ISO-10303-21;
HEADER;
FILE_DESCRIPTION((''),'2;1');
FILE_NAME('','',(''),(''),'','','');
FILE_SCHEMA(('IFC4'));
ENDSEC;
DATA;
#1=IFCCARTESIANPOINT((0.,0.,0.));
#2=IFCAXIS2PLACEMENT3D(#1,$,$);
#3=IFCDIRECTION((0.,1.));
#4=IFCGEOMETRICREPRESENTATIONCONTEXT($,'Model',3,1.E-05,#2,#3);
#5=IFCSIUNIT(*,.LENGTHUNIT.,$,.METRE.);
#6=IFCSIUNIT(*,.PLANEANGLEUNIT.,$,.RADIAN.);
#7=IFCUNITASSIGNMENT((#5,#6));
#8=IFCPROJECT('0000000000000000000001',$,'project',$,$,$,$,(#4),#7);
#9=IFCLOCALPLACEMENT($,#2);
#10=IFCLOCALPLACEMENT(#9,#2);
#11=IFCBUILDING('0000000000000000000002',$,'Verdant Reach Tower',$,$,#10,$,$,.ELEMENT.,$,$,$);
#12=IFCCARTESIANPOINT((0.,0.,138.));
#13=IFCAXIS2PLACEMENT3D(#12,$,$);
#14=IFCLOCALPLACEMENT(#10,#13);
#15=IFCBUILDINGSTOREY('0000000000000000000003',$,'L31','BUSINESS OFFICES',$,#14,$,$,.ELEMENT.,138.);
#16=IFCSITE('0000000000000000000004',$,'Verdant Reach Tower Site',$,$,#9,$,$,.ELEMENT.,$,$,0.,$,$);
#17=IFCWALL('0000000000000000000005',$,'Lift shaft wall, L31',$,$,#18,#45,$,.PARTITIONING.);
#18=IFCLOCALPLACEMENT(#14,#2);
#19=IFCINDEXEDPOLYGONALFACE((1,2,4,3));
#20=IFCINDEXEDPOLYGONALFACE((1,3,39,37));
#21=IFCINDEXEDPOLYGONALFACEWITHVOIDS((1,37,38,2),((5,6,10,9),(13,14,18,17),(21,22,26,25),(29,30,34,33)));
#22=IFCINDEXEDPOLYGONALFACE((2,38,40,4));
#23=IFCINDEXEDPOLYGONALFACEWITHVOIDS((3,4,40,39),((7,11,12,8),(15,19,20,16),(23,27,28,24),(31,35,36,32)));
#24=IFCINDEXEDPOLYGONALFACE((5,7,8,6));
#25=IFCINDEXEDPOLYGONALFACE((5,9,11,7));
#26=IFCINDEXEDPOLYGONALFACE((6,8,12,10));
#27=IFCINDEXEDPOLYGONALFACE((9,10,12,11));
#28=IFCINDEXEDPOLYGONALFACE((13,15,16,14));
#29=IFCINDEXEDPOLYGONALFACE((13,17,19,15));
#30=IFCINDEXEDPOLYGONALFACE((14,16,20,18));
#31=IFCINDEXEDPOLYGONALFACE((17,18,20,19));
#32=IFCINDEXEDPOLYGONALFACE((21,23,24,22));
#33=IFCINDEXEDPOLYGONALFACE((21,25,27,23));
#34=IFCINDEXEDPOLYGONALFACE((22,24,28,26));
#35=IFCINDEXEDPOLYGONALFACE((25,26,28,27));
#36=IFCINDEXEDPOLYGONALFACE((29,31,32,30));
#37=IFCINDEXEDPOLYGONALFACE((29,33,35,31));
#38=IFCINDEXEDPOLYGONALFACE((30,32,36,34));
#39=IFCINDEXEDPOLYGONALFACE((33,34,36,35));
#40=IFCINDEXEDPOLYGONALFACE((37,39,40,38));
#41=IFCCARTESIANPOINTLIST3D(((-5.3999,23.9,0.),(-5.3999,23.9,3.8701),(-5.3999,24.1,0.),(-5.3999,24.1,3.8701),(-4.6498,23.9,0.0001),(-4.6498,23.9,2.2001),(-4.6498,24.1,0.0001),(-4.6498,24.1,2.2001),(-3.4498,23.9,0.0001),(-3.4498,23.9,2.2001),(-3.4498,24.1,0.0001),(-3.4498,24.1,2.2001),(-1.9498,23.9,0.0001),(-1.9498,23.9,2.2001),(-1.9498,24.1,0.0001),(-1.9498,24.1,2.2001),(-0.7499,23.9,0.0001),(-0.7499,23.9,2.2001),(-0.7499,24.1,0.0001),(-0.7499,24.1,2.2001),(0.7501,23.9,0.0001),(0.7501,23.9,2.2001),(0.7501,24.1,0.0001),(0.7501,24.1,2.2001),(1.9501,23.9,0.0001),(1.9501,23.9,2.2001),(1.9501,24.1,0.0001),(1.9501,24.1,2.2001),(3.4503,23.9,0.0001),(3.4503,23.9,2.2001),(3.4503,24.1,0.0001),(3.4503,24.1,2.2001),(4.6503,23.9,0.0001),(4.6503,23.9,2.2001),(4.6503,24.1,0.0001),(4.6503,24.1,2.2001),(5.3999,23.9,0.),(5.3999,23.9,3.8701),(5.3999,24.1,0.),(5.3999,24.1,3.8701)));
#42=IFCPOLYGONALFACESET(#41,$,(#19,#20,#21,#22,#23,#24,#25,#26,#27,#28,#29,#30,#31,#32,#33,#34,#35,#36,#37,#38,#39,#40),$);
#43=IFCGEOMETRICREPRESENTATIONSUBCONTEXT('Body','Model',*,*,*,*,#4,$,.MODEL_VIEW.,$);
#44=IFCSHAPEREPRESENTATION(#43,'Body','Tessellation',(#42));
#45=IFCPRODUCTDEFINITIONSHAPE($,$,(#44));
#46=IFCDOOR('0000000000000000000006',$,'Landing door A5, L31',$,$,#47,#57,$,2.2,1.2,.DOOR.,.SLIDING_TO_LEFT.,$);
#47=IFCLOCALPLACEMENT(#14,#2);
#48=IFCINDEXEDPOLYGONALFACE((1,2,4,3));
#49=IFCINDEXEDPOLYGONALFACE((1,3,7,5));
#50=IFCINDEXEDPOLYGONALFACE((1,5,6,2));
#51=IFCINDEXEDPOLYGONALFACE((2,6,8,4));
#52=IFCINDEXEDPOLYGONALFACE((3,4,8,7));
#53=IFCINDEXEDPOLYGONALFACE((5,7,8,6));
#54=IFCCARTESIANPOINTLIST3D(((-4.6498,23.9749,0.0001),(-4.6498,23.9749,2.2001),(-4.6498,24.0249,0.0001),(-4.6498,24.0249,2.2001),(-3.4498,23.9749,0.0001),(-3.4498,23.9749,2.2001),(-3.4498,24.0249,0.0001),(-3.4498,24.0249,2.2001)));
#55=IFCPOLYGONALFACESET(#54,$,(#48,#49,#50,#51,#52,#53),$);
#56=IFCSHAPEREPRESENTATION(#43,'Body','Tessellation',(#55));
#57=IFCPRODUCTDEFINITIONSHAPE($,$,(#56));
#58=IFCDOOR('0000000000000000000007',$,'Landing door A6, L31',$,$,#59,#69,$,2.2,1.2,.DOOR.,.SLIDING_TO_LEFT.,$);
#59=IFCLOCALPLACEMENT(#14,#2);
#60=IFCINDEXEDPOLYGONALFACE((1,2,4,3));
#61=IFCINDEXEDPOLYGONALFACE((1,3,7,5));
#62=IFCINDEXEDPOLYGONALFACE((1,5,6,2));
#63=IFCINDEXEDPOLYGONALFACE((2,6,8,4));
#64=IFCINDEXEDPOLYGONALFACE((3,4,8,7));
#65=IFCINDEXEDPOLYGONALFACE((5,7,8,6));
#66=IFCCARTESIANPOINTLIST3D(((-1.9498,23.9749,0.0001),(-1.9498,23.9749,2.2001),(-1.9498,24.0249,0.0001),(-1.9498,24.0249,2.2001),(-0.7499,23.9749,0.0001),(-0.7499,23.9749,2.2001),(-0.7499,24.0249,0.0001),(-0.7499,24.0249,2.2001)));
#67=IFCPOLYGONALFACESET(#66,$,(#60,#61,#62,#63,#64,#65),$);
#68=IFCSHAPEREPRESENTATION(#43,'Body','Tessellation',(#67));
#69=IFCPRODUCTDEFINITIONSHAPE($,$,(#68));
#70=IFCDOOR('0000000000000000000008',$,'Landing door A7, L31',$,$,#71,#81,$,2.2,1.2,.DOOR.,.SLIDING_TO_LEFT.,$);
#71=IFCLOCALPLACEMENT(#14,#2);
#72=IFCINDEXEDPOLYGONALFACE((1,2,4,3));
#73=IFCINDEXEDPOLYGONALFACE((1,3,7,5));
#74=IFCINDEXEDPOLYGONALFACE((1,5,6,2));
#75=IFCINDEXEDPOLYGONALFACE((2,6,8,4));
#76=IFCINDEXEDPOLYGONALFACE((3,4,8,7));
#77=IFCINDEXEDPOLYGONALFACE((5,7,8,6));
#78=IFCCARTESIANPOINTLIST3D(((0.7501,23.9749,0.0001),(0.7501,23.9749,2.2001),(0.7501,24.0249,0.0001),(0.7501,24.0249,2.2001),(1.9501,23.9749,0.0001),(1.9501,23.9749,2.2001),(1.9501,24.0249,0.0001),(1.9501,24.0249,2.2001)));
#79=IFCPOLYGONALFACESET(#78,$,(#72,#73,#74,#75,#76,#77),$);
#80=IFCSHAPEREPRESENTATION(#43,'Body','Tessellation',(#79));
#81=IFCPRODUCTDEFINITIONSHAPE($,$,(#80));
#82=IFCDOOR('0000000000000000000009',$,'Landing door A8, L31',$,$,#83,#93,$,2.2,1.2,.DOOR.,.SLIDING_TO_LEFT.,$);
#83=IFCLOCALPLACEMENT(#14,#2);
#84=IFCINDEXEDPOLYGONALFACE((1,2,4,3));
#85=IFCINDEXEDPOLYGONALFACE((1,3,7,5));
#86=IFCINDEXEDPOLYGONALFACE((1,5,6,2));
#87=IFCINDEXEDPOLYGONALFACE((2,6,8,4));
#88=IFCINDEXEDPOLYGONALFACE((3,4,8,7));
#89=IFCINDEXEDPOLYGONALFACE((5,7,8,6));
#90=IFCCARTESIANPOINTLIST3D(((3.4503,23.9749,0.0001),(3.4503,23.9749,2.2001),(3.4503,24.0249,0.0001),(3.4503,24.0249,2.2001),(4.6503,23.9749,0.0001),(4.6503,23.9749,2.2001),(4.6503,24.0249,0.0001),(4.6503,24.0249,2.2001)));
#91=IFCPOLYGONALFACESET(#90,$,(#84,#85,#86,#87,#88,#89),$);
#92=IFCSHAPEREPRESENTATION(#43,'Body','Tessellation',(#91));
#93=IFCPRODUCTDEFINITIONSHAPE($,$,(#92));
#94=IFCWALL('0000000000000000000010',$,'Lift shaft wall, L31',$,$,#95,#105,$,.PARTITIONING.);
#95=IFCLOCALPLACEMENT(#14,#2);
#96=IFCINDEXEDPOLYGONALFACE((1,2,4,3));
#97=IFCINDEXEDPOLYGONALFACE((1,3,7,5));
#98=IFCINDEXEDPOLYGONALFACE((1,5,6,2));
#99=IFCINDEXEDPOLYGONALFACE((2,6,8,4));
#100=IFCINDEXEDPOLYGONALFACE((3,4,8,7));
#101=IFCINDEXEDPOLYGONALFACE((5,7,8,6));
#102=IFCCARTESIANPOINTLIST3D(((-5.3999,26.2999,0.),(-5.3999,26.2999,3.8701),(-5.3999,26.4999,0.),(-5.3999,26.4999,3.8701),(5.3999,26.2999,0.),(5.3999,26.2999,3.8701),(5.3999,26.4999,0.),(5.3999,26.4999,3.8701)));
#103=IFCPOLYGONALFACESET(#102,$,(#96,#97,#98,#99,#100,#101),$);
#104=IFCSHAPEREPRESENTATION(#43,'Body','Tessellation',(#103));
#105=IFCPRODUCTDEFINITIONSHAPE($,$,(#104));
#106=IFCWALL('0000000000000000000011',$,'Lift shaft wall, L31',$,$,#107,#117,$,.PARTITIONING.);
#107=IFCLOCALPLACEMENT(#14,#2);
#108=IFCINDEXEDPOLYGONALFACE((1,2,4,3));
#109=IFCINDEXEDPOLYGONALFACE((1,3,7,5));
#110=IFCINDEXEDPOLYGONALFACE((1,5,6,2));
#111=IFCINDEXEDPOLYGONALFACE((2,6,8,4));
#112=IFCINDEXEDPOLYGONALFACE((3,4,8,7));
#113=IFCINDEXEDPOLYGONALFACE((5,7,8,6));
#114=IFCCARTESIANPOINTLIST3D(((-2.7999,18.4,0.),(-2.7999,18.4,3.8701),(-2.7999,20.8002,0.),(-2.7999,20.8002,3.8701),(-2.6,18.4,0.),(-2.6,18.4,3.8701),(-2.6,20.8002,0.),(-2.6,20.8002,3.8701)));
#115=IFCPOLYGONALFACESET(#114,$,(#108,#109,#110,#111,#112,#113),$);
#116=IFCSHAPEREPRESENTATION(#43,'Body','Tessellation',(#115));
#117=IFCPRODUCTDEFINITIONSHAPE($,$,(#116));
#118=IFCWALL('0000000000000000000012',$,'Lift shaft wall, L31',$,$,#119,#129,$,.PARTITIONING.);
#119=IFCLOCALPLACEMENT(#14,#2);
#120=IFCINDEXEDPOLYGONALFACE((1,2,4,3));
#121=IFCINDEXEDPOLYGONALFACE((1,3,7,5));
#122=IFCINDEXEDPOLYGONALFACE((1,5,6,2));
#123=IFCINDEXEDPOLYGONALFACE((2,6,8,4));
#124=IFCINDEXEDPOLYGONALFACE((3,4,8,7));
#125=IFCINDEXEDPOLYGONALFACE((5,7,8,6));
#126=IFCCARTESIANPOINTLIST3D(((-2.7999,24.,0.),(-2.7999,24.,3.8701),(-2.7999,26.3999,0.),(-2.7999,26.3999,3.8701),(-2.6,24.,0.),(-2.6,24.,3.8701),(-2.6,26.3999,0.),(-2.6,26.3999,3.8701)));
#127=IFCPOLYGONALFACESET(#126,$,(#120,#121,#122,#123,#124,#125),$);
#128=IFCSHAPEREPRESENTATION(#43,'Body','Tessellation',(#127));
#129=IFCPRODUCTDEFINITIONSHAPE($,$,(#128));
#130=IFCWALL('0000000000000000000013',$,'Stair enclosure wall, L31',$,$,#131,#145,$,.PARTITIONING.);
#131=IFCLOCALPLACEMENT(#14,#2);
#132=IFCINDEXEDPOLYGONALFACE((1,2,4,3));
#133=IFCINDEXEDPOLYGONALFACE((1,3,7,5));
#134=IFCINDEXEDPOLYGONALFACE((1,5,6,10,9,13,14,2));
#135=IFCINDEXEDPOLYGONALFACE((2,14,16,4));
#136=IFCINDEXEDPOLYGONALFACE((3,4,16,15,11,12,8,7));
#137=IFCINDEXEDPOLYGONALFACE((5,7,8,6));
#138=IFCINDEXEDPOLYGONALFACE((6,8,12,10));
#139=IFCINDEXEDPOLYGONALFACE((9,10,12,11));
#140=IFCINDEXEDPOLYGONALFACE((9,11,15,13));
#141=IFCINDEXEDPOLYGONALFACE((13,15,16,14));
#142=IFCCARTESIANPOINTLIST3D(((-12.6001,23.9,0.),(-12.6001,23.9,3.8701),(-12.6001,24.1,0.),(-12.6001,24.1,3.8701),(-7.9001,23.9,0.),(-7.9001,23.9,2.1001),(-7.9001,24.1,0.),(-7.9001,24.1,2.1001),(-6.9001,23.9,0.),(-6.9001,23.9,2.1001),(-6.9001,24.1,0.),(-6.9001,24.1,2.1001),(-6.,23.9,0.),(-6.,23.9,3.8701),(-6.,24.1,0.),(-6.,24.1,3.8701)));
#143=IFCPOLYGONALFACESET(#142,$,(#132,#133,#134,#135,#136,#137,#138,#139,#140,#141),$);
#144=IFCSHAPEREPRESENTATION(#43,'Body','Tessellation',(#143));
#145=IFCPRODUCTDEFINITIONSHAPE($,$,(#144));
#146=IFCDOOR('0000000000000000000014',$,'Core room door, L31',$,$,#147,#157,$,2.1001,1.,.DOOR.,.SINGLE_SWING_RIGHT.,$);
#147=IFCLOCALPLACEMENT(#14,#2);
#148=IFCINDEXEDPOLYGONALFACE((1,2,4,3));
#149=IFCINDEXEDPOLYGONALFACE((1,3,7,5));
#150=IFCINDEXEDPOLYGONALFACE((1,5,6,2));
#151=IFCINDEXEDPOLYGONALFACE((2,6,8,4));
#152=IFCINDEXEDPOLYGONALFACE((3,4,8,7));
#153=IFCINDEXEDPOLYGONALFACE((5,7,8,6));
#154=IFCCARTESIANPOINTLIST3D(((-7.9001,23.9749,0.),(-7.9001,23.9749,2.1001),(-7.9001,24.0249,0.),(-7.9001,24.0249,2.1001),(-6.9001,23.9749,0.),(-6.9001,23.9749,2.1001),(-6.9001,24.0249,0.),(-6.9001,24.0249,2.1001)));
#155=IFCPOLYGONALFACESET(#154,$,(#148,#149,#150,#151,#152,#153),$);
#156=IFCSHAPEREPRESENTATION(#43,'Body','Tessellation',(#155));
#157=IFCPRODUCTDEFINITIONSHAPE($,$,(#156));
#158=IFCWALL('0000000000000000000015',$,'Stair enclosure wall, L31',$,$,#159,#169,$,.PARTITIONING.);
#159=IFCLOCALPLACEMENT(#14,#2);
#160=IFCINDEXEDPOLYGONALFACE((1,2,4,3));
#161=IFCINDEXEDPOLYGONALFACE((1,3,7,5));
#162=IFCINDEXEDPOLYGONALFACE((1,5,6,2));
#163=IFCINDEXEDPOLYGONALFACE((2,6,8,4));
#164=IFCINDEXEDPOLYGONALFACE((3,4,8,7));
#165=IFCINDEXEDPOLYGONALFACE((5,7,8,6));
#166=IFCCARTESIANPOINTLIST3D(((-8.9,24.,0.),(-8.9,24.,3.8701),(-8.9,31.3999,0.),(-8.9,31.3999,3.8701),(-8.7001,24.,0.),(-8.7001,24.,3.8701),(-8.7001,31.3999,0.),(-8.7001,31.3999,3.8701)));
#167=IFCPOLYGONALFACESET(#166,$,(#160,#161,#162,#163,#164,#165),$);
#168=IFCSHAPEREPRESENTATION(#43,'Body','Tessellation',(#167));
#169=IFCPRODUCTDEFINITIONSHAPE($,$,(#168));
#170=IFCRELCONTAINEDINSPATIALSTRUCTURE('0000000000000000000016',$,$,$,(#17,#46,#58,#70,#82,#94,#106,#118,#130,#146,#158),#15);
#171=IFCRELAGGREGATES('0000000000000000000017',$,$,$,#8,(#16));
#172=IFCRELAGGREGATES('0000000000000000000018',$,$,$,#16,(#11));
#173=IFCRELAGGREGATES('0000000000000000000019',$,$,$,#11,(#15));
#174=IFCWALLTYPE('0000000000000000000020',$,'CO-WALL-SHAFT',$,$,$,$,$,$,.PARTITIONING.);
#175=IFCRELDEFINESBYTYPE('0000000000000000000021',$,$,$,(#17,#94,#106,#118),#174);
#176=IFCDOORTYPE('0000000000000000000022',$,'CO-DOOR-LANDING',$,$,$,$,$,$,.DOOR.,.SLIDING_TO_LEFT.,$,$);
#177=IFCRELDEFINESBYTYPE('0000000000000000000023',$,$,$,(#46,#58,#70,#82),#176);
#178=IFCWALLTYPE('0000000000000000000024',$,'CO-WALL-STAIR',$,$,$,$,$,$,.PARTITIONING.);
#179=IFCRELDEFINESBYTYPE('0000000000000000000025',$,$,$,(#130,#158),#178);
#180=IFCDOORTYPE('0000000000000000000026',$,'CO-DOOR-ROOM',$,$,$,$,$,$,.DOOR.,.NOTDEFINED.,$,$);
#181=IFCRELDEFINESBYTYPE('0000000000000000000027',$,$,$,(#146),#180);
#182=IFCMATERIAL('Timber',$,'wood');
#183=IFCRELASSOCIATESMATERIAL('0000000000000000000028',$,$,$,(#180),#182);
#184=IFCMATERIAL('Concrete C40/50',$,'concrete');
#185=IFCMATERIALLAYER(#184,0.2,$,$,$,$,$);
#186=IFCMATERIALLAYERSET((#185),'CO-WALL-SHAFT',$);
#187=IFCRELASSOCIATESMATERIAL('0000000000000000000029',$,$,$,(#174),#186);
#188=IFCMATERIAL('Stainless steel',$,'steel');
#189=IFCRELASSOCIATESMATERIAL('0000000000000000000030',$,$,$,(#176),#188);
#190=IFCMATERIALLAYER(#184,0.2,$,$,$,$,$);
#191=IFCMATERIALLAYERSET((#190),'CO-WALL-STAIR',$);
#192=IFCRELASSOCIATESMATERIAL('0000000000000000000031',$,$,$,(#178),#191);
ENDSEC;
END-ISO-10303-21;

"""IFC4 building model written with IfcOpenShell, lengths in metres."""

from ifc_helpers import new_model, si_unit, direction, frame, frame_2d, origin, place, context, subcontext, project, spatial, rectangle, extrude, material, layer, layer_set, type_object, element, fill, save


model = new_model("IFC4")

# Units and contexts
model_context = context("Model", 3, precision=1e-05, world=origin(), true_north=direction((0.0, 1.0)))
body_context = subcontext(model_context, "Body", "Model", "MODEL_VIEW")
ifc_project = project(units=[si_unit("LENGTHUNIT", "METRE"), si_unit("PLANEANGLEUNIT", "RADIAN")], contexts=[model_context])

# Site, building, storey
site_placement = place(None, origin())
site = spatial("IfcSite", under=ifc_project, at=site_placement, Name="Verdant Reach Tower Site", CompositionType="ELEMENT", RefElevation=0.0)
building_placement = place(site_placement, origin())
building = spatial("IfcBuilding", under=site, at=building_placement, Name="Verdant Reach Tower", CompositionType="ELEMENT")
storey_placement = place(building_placement, frame((0.0, 0.0, 138.0)))
storey = spatial("IfcBuildingStorey", under=building, at=storey_placement, Name="L31", Description="BUSINESS OFFICES", CompositionType="ELEMENT", Elevation=138.0)

# Shared definitions
ifc_material_1 = material(Name="Timber", Category="wood")
door_type_1 = type_object("IfcDoorType", Name="CO-DOOR-ROOM", OperationType="NOTDEFINED", PredefinedType="DOOR", material=ifc_material_1)

# Wall, openings, doors
ifc_material_2 = material(Name="Concrete C40/50", Category="concrete")
ifc_layer_1 = layer(ifc_material_2, 0.2)
ifc_layer_set_1 = layer_set([ifc_layer_1], Name="CO-WALL-SHAFT")
wall_type_1 = type_object("IfcWallType", Name="CO-WALL-SHAFT", PredefinedType="PARTITIONING", material=ifc_layer_set_1)
ifc_material_3 = material(Name="Stainless steel", Category="steel")
door_type_2 = type_object("IfcDoorType", Name="CO-DOOR-LANDING", OperationType="SLIDING_TO_LEFT", PredefinedType="DOOR", material=ifc_material_3)
wall_1_placement = place(storey_placement, frame((-5.3999, 24.0, 0.0), z_axis=(0.0, 0.0, 1.0), x_axis=(1.0, 0.0, 0.0)))
wall_1 = element("IfcWall", 1, at=wall_1_placement, inside=storey, type_object=wall_type_1, Name="Lift shaft wall, L31", PredefinedType="PARTITIONING", context=body_context, shape_type="SweptSolid", body=[
    extrude(rectangle(XDim=10.7998, YDim=0.2, at=frame_2d((5.3999, 0.0))), origin(), (0.0, 0.0, 1.0), 3.8701),
])
opening_1_placement = place(wall_1_placement, frame((0.75, 0.0, 0.0)))
opening_1 = element("IfcOpeningElement", 2, at=opening_1_placement, cuts=wall_1, PredefinedType="OPENING", context=body_context, shape_type="SweptSolid", body=[
    extrude(rectangle(XDim=1.2, YDim=2.2, at=frame_2d((0.6001, 1.1001))), frame((0.0, 0.1099, 0.0), z_axis=(0.0, -1.0, 0.0), x_axis=(1.0, 0.0, 0.0)), (0.0, 0.0, 1.0), 0.22),
])
opening_2_placement = place(wall_1_placement, frame((3.45, 0.0, 0.0)))
opening_2 = element("IfcOpeningElement", 3, at=opening_2_placement, cuts=wall_1, PredefinedType="OPENING", context=body_context, shape_type="SweptSolid", body=[
    extrude(rectangle(XDim=1.2, YDim=2.2, at=frame_2d((0.6001, 1.1001))), frame((0.0, 0.1099, 0.0), z_axis=(0.0, -1.0, 0.0), x_axis=(1.0, 0.0, 0.0)), (0.0, 0.0, 1.0), 0.22),
])
opening_3_placement = place(wall_1_placement, frame((6.1499, 0.0, 0.0)))
opening_3 = element("IfcOpeningElement", 4, at=opening_3_placement, cuts=wall_1, PredefinedType="OPENING", context=body_context, shape_type="SweptSolid", body=[
    extrude(rectangle(XDim=1.2, YDim=2.2, at=frame_2d((0.6001, 1.1001))), frame((0.0, 0.1099, 0.0), z_axis=(0.0, -1.0, 0.0), x_axis=(1.0, 0.0, 0.0)), (0.0, 0.0, 1.0), 0.22),
])
opening_4_placement = place(wall_1_placement, frame((8.8501, 0.0, 0.0)))
opening_4 = element("IfcOpeningElement", 5, at=opening_4_placement, cuts=wall_1, PredefinedType="OPENING", context=body_context, shape_type="SweptSolid", body=[
    extrude(rectangle(XDim=1.2, YDim=2.2, at=frame_2d((0.6001, 1.1001))), frame((0.0, 0.1099, 0.0), z_axis=(0.0, -1.0, 0.0), x_axis=(1.0, 0.0, 0.0)), (0.0, 0.0, 1.0), 0.22),
])
door_1_placement = place(opening_1_placement, origin())
door_1 = element("IfcDoor", 6, at=door_1_placement, inside=storey, type_object=door_type_2, Name="Landing door A5, L31", OperationType="SLIDING_TO_LEFT", OverallHeight=2.2, OverallWidth=1.2, PredefinedType="DOOR", context=body_context, shape_type="SweptSolid", body=[
    extrude(rectangle(XDim=1.2, YDim=2.2, at=frame_2d((0.6001, 1.1001))), frame((0.0, 0.0249, 0.0), z_axis=(0.0, -1.0, 0.0), x_axis=(1.0, 0.0, 0.0)), (0.0, 0.0, 1.0), 0.05),
])
fill(opening_1, door_1)
door_2_placement = place(opening_2_placement, origin())
door_2 = element("IfcDoor", 7, at=door_2_placement, inside=storey, type_object=door_type_2, Name="Landing door A6, L31", OperationType="SLIDING_TO_LEFT", OverallHeight=2.2, OverallWidth=1.2, PredefinedType="DOOR", context=body_context, shape_type="SweptSolid", body=[
    extrude(rectangle(XDim=1.2, YDim=2.2, at=frame_2d((0.6001, 1.1001))), frame((0.0, 0.0249, 0.0), z_axis=(0.0, -1.0, 0.0), x_axis=(1.0, 0.0, 0.0)), (0.0, 0.0, 1.0), 0.05),
])
fill(opening_2, door_2)
door_3_placement = place(opening_3_placement, origin())
door_3 = element("IfcDoor", 8, at=door_3_placement, inside=storey, type_object=door_type_2, Name="Landing door A7, L31", OperationType="SLIDING_TO_LEFT", OverallHeight=2.2, OverallWidth=1.2, PredefinedType="DOOR", context=body_context, shape_type="SweptSolid", body=[
    extrude(rectangle(XDim=1.2, YDim=2.2, at=frame_2d((0.6001, 1.1001))), frame((0.0, 0.0249, 0.0), z_axis=(0.0, -1.0, 0.0), x_axis=(1.0, 0.0, 0.0)), (0.0, 0.0, 1.0), 0.05),
])
fill(opening_3, door_3)
door_4_placement = place(opening_4_placement, origin())
door_4 = element("IfcDoor", 9, at=door_4_placement, inside=storey, type_object=door_type_2, Name="Landing door A8, L31", OperationType="SLIDING_TO_LEFT", OverallHeight=2.2, OverallWidth=1.2, PredefinedType="DOOR", context=body_context, shape_type="SweptSolid", body=[
    extrude(rectangle(XDim=1.2, YDim=2.2, at=frame_2d((0.6001, 1.1001))), frame((0.0, 0.0249, 0.0), z_axis=(0.0, -1.0, 0.0), x_axis=(1.0, 0.0, 0.0)), (0.0, 0.0, 1.0), 0.05),
])
fill(opening_4, door_4)

# Walls
wall_2_placement = place(storey_placement, frame((-5.3999, 26.3999, 0.0), z_axis=(0.0, 0.0, 1.0), x_axis=(1.0, 0.0, 0.0)))
element("IfcWall", 10, at=wall_2_placement, inside=storey, type_object=wall_type_1, Name="Lift shaft wall, L31", PredefinedType="PARTITIONING", context=body_context, shape_type="SweptSolid", body=[
    extrude(rectangle(XDim=10.7998, YDim=0.2, at=frame_2d((5.3999, 0.0))), origin(), (0.0, 0.0, 1.0), 3.8701),
])
wall_3_placement = place(storey_placement, frame((-2.7, 18.3999, 0.0), z_axis=(0.0, 0.0, 1.0), x_axis=(0.0, 1.0, 0.0)))
element("IfcWall", 11, at=wall_3_placement, inside=storey, type_object=wall_type_1, Name="Lift shaft wall, L31", PredefinedType="PARTITIONING", context=body_context, shape_type="SweptSolid", body=[
    extrude(rectangle(XDim=2.4001, YDim=0.2, at=frame_2d((1.2002, 0.0))), origin(), (0.0, 0.0, 1.0), 3.8701),
])
wall_4_placement = place(storey_placement, frame((-2.7, 24.0, 0.0), z_axis=(0.0, 0.0, 1.0), x_axis=(0.0, 1.0, 0.0)))
element("IfcWall", 12, at=wall_4_placement, inside=storey, type_object=wall_type_1, Name="Lift shaft wall, L31", PredefinedType="PARTITIONING", context=body_context, shape_type="SweptSolid", body=[
    extrude(rectangle(XDim=2.3999, YDim=0.2, at=frame_2d((1.2, 0.0))), origin(), (0.0, 0.0, 1.0), 3.8701),
])

# Wall, opening, door
ifc_layer_2 = layer(ifc_material_2, 0.2)
ifc_layer_set_2 = layer_set([ifc_layer_2], Name="CO-WALL-STAIR")
wall_type_2 = type_object("IfcWallType", Name="CO-WALL-STAIR", PredefinedType="PARTITIONING", material=ifc_layer_set_2)
wall_5_placement = place(storey_placement, frame((-12.6001, 24.0, 0.0), z_axis=(0.0, 0.0, 1.0), x_axis=(1.0, 0.0, 0.0)))
wall_5 = element("IfcWall", 13, at=wall_5_placement, inside=storey, type_object=wall_type_2, Name="Stair enclosure wall, L31", PredefinedType="PARTITIONING", context=body_context, shape_type="SweptSolid", body=[
    extrude(rectangle(XDim=6.6001, YDim=0.2, at=frame_2d((3.3, 0.0))), origin(), (0.0, 0.0, 1.0), 3.8701),
])
opening_5_placement = place(wall_5_placement, frame((4.7, 0.0, 0.0)))
opening_5 = element("IfcOpeningElement", 14, at=opening_5_placement, cuts=wall_5, PredefinedType="OPENING", context=body_context, shape_type="SweptSolid", body=[
    extrude(rectangle(XDim=1.0, YDim=2.1001, at=frame_2d((0.5, 1.05))), frame((0.0, 0.1099, 0.0), z_axis=(0.0, -1.0, 0.0), x_axis=(1.0, 0.0, 0.0)), (0.0, 0.0, 1.0), 0.22),
])
door_5_placement = place(opening_5_placement, origin())
door_5 = element("IfcDoor", 15, at=door_5_placement, inside=storey, type_object=door_type_1, Name="Core room door, L31", OperationType="SINGLE_SWING_RIGHT", OverallHeight=2.1001, OverallWidth=1.0, PredefinedType="DOOR", context=body_context, shape_type="SweptSolid", body=[
    extrude(rectangle(XDim=1.0, YDim=2.1001, at=frame_2d((0.5, 1.05))), frame((0.0, 0.0249, 0.0), z_axis=(0.0, -1.0, 0.0), x_axis=(1.0, 0.0, 0.0)), (0.0, 0.0, 1.0), 0.05),
])
fill(opening_5, door_5)

# Wall
wall_6_placement = place(storey_placement, frame((-8.8, 24.0, 0.0), z_axis=(0.0, 0.0, 1.0), x_axis=(0.0, 1.0, 0.0)))
element("IfcWall", 16, at=wall_6_placement, inside=storey, type_object=wall_type_2, Name="Stair enclosure wall, L31", PredefinedType="PARTITIONING", context=body_context, shape_type="SweptSolid", body=[
    extrude(rectangle(XDim=7.3999, YDim=0.2, at=frame_2d((3.7, 0.0))), origin(), (0.0, 0.0, 1.0), 3.8701),
])

save(model, "model.ifc")
